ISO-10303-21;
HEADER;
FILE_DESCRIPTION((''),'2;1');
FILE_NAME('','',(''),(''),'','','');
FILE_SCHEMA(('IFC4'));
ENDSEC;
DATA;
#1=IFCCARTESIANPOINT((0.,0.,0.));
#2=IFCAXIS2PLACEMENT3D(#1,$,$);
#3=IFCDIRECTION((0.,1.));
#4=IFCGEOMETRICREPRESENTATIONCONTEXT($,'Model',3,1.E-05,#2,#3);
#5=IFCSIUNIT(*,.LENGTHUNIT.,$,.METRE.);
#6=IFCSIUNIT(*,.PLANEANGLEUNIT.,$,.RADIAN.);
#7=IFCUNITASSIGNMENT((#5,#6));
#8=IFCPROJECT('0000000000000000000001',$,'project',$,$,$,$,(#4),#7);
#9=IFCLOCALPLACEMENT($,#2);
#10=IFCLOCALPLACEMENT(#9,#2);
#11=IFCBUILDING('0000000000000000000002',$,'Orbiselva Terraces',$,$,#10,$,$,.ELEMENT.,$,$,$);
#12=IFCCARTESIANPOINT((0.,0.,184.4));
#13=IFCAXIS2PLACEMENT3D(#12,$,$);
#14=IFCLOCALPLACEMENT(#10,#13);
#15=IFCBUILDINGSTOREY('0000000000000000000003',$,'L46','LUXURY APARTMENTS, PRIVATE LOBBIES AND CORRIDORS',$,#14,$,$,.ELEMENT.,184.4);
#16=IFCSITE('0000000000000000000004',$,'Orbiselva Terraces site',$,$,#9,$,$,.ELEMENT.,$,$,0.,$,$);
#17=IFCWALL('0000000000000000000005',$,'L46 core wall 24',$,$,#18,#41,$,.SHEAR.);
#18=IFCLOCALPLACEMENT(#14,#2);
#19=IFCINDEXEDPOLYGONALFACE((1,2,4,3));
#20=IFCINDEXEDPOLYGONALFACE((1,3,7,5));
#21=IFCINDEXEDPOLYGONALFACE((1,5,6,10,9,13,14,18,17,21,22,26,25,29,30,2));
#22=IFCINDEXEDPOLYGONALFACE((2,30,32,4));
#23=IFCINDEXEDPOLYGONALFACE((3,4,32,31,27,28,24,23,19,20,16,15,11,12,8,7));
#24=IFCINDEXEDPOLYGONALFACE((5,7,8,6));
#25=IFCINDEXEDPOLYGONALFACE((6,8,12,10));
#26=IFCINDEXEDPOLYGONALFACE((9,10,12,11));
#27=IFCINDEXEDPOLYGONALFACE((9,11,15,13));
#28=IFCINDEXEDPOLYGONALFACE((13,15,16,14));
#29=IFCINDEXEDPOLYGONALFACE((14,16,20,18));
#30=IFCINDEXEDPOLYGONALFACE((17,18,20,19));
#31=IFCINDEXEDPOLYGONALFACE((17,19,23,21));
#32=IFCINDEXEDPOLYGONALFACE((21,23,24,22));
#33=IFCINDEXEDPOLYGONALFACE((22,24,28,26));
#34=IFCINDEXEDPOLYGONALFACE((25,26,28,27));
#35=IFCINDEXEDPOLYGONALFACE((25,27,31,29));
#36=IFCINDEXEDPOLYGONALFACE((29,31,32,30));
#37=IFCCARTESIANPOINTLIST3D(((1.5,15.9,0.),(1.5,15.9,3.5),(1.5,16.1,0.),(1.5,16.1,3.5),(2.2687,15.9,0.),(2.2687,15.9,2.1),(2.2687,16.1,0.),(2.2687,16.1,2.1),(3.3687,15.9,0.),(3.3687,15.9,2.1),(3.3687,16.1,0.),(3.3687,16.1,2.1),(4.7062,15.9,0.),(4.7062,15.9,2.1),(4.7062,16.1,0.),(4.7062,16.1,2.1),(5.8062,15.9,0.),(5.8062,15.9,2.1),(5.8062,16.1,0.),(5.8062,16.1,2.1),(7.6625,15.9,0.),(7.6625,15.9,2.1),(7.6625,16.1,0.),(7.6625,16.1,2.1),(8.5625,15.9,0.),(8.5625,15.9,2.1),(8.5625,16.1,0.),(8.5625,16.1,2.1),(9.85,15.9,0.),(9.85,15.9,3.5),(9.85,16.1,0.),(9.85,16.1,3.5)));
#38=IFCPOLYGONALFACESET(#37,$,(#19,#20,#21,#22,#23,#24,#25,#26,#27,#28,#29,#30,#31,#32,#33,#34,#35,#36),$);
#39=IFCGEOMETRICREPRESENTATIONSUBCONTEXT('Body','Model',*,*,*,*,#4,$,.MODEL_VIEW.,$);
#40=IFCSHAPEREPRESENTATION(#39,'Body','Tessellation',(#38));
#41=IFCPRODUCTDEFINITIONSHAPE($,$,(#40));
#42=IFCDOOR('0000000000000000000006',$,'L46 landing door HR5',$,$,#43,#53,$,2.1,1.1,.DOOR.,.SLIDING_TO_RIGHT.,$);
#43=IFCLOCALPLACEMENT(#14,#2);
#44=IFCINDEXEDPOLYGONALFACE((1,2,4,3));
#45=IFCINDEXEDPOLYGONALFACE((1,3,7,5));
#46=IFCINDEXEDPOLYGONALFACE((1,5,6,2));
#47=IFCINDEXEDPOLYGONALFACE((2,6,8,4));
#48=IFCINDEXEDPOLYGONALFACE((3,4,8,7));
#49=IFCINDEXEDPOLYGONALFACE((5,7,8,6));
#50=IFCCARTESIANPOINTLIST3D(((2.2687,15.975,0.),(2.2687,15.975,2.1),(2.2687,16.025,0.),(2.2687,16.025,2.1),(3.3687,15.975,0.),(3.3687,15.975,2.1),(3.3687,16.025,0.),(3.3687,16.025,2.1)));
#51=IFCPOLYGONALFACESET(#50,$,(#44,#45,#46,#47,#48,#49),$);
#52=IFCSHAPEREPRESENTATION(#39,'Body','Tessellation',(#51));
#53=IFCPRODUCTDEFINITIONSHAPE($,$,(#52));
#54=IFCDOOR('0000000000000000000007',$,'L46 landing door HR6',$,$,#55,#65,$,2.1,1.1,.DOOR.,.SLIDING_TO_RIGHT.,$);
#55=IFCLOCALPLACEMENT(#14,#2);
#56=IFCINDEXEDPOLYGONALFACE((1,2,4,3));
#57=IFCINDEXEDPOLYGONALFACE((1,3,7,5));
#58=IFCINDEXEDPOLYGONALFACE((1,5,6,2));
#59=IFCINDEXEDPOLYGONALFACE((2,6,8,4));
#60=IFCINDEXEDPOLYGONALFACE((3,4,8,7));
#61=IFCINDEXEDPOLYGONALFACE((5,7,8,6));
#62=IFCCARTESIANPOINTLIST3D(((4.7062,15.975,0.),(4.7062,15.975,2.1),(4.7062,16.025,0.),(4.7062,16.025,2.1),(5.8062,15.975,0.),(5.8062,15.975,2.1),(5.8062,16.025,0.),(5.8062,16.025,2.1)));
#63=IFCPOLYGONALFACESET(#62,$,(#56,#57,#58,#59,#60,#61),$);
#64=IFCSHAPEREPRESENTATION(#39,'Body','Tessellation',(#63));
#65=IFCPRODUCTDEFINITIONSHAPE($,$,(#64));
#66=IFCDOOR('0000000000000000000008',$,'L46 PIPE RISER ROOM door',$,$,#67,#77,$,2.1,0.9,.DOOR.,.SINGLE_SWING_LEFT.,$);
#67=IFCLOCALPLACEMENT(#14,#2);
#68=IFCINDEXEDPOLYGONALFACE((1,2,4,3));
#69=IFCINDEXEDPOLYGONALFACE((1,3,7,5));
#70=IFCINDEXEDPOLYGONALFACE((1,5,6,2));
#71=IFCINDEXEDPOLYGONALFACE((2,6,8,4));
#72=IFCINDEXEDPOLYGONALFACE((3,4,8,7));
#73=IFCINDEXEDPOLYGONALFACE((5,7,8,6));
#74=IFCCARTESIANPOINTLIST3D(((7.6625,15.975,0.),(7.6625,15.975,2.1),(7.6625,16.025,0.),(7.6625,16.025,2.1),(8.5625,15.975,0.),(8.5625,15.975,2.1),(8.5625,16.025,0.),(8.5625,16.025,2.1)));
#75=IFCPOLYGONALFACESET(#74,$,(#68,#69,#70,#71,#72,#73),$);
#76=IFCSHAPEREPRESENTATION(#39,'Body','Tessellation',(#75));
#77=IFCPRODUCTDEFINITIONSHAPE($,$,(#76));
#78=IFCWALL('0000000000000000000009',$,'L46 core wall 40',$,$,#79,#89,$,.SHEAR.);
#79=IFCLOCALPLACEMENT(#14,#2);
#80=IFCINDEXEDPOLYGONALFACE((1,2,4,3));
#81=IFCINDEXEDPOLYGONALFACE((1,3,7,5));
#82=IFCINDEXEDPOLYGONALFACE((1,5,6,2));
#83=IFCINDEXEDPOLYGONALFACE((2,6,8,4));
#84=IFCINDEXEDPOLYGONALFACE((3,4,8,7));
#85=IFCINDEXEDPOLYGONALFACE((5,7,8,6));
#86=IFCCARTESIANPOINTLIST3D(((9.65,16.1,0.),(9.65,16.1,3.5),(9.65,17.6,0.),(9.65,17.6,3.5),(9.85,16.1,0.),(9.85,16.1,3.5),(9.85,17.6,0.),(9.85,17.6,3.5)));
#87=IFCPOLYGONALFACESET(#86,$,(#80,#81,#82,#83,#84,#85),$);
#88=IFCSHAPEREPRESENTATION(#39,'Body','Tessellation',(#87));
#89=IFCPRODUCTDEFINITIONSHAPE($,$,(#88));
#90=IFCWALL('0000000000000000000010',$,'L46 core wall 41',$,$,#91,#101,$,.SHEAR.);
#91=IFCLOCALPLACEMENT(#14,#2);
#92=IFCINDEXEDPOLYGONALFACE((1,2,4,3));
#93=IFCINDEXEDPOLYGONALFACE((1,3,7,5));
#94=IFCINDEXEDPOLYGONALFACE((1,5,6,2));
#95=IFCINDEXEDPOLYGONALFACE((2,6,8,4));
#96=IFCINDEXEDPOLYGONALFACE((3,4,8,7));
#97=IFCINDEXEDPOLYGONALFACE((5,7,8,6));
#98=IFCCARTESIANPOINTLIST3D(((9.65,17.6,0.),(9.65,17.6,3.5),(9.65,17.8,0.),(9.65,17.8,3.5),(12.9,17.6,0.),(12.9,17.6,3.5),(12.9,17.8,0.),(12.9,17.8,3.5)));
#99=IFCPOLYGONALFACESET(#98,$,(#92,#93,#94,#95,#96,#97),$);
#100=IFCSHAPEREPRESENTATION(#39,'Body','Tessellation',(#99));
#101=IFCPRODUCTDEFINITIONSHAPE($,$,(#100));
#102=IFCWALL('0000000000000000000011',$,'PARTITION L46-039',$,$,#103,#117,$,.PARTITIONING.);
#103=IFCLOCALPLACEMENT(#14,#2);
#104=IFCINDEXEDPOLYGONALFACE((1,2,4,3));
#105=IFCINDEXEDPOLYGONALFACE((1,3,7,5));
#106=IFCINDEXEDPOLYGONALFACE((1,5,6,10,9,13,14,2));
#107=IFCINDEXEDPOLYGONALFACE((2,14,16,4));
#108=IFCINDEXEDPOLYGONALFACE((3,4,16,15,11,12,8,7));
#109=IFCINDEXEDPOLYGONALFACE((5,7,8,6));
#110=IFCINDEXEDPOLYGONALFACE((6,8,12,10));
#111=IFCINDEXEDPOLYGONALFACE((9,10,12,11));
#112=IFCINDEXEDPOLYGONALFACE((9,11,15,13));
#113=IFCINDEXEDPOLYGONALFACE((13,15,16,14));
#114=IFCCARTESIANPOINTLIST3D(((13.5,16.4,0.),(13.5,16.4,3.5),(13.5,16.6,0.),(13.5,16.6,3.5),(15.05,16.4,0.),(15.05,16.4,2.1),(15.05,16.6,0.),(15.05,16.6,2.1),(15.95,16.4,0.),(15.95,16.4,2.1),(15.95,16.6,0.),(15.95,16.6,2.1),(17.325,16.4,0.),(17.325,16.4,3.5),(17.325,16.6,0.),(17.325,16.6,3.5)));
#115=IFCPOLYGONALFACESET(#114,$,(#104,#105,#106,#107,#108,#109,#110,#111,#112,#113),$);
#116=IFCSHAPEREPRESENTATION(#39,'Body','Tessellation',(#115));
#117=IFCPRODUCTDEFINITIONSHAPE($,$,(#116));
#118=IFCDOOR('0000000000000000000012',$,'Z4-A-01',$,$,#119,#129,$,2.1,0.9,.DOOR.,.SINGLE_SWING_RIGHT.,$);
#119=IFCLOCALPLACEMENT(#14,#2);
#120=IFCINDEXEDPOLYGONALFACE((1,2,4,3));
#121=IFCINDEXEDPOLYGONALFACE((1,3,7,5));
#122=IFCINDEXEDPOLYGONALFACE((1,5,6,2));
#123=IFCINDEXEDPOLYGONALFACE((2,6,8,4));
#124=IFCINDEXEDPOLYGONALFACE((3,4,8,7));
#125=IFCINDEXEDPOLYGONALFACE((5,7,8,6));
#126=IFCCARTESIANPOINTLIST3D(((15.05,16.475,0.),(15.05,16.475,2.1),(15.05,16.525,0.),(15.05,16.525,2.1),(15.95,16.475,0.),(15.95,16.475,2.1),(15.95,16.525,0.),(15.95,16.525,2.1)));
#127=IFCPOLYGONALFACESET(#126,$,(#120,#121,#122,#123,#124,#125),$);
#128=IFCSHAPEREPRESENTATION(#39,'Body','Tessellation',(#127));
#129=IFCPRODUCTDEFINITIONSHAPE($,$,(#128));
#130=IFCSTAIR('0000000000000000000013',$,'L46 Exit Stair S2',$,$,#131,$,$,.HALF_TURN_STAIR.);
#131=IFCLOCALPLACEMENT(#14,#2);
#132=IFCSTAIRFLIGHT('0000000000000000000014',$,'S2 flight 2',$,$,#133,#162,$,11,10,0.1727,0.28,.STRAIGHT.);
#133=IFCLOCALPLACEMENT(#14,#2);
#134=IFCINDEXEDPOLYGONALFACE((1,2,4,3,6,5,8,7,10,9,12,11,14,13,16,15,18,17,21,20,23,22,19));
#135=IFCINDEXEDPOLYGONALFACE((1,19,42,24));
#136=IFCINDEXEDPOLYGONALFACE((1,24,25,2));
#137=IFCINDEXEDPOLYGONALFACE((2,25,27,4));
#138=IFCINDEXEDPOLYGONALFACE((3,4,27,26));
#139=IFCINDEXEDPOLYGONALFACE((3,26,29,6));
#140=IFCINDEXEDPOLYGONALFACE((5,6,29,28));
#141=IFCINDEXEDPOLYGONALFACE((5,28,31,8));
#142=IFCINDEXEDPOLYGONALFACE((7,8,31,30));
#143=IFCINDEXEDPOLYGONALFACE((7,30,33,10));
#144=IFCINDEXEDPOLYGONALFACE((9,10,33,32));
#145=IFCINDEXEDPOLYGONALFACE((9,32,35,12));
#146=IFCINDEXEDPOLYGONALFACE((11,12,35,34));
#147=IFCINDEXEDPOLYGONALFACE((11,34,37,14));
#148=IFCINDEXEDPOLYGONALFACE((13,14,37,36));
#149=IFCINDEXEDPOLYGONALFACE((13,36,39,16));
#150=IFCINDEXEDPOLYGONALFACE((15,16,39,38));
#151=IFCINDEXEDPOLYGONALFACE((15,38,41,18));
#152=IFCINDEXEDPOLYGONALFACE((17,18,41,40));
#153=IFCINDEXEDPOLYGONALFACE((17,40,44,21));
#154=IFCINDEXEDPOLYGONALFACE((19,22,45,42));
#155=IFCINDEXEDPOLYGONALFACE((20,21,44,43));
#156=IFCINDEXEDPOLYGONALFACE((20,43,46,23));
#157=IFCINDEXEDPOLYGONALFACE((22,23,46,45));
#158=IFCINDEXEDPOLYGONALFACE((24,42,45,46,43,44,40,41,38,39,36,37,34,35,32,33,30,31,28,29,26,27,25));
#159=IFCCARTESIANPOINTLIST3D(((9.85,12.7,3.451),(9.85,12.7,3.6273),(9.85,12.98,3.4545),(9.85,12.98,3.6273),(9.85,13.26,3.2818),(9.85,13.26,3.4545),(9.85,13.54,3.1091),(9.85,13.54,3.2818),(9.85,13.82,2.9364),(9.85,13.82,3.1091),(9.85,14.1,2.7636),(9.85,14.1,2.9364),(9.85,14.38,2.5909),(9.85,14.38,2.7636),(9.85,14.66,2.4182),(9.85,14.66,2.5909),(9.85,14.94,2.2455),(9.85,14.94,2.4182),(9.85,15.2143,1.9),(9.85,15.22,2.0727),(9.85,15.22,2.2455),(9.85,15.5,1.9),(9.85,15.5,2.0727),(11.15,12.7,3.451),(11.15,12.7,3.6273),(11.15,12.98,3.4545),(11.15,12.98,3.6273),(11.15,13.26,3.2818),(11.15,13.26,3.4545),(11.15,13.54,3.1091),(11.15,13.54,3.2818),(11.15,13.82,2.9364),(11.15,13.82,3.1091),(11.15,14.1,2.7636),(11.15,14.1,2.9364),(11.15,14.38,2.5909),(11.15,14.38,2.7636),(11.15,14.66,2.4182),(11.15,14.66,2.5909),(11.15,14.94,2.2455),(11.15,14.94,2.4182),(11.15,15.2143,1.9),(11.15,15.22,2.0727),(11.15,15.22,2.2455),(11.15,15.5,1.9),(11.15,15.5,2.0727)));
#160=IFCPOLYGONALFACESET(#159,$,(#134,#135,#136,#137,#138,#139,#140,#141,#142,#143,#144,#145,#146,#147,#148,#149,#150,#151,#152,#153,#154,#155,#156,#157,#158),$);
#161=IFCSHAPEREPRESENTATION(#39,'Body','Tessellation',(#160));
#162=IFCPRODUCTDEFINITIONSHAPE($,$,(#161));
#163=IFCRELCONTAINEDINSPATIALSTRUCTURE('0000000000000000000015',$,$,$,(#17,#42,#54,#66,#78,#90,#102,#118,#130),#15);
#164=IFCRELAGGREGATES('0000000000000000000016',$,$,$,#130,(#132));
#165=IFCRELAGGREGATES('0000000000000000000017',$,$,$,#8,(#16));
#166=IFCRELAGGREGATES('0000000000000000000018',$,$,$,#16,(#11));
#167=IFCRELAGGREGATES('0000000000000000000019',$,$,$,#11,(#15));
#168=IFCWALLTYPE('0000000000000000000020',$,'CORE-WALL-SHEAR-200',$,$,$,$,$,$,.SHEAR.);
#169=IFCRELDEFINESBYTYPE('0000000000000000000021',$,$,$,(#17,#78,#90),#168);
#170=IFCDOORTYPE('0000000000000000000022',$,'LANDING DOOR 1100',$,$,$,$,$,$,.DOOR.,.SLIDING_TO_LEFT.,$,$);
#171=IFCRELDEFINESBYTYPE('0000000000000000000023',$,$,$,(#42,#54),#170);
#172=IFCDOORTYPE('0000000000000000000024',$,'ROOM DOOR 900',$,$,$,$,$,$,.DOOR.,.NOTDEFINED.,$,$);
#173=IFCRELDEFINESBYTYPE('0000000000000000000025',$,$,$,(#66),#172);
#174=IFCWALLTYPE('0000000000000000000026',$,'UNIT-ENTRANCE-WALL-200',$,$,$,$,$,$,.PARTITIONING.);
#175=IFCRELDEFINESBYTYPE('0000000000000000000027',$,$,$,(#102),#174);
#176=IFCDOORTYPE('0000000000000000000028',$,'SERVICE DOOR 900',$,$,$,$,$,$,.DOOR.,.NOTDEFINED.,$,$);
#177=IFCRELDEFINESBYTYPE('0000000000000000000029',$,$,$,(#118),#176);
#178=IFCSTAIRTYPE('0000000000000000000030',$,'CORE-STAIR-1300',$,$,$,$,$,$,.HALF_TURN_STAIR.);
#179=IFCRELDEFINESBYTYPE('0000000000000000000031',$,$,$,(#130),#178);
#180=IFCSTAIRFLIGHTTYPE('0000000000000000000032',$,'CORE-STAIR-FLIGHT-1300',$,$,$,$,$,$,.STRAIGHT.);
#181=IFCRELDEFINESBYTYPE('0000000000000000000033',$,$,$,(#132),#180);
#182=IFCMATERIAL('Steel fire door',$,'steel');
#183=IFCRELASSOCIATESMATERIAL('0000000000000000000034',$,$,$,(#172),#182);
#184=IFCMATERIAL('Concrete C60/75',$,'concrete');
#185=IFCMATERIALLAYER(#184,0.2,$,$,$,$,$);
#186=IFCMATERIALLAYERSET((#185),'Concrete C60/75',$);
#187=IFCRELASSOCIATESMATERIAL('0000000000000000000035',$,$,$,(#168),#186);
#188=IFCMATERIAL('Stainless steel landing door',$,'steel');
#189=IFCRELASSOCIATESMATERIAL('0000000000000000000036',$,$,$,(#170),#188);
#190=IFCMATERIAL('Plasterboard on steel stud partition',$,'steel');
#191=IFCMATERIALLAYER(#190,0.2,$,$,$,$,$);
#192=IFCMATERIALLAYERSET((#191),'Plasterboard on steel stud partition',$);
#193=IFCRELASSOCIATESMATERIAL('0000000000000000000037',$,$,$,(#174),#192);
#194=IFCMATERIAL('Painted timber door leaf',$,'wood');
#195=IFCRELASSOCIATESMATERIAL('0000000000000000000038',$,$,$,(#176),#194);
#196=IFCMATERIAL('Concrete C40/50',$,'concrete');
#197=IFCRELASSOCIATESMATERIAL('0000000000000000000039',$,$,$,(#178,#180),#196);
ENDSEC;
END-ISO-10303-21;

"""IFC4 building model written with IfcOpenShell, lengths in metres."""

from ifc_helpers import new_model, si_unit, direction, frame, frame_2d, origin, place, context, subcontext, project, spatial, polyline, rectangle, outline, extrude, material, layer, layer_set, type_object, element, fill, aggregate, save


model = new_model("IFC4")

# Units and contexts
model_context = context("Model", 3, precision=1e-05, world=origin(), true_north=direction((0.0, 1.0)))
body_context = subcontext(model_context, "Body", "Model", "MODEL_VIEW")
ifc_project = project(units=[si_unit("LENGTHUNIT", "METRE"), si_unit("PLANEANGLEUNIT", "RADIAN")], contexts=[model_context])

# Site, building, storey
site_placement = place(None, origin())
site = spatial("IfcSite", under=ifc_project, at=site_placement, Name="Orbiselva Terraces site", CompositionType="ELEMENT", RefElevation=0.0)
building_placement = place(site_placement, origin())
building = spatial("IfcBuilding", under=site, at=building_placement, Name="Orbiselva Terraces", CompositionType="ELEMENT")
storey_placement = place(building_placement, frame((0.0, 0.0, 184.4)))
storey = spatial("IfcBuildingStorey", under=building, at=storey_placement, Name="L46", Description="LUXURY APARTMENTS, PRIVATE LOBBIES AND CORRIDORS", CompositionType="ELEMENT", Elevation=184.4)

# Shared definitions
ifc_material_1 = material(Name="Steel fire door", Category="steel")
door_type_1 = type_object("IfcDoorType", Name="ROOM DOOR 900", OperationType="NOTDEFINED", PredefinedType="DOOR", material=ifc_material_1)

# Shared definitions
ifc_material_2 = material(Name="Concrete C40/50", Category="concrete")
ifc_material_3 = material(Name="Concrete C60/75", Category="concrete")
ifc_layer_1 = layer(ifc_material_3, 0.2)
ifc_layer_set_1 = layer_set([ifc_layer_1], Name="Concrete C60/75")
wall_type_1 = type_object("IfcWallType", Name="CORE-WALL-SHEAR-200", PredefinedType="SHEAR", material=ifc_layer_set_1)

# Wall, openings, doors
wall_1_placement = place(storey_placement, frame((9.85, 16.0, 0.0), z_axis=(0.0, 0.0, 1.0), x_axis=(-1.0, 0.0, 0.0)))
wall_1 = element("IfcWall", 1, at=wall_1_placement, inside=storey, type_object=wall_type_1, Name="L46 core wall 24", PredefinedType="SHEAR", context=body_context, shape_type="SweptSolid", body=[
    extrude(rectangle(XDim=8.35, YDim=0.2, at=frame_2d((4.175, 0.0))), origin(), (0.0, 0.0, 1.0), 3.5),
])
opening_1_placement = place(wall_1_placement, frame((6.4813, 0.0, 0.0)))
opening_1 = element("IfcOpeningElement", 2, at=opening_1_placement, cuts=wall_1, PredefinedType="OPENING", context=body_context, shape_type="SweptSolid", body=[
    extrude(rectangle(XDim=1.1, YDim=2.1, at=frame_2d((0.55, 1.05))), frame((0.0, 0.11, 0.0), z_axis=(0.0, -1.0, 0.0), x_axis=(1.0, 0.0, 0.0)), (0.0, 0.0, 1.0), 0.22),
])
opening_2_placement = place(wall_1_placement, frame((4.0438, 0.0, 0.0)))
opening_2 = element("IfcOpeningElement", 3, at=opening_2_placement, cuts=wall_1, PredefinedType="OPENING", context=body_context, shape_type="SweptSolid", body=[
    extrude(rectangle(XDim=1.1, YDim=2.1, at=frame_2d((0.55, 1.05))), frame((0.0, 0.11, 0.0), z_axis=(0.0, -1.0, 0.0), x_axis=(1.0, 0.0, 0.0)), (0.0, 0.0, 1.0), 0.22),
])
opening_3_placement = place(wall_1_placement, frame((1.2875, 0.0, 0.0)))
opening_3 = element("IfcOpeningElement", 4, at=opening_3_placement, cuts=wall_1, PredefinedType="OPENING", context=body_context, shape_type="SweptSolid", body=[
    extrude(rectangle(XDim=0.9, YDim=2.1, at=frame_2d((0.45, 1.05))), frame((0.0, 0.11, 0.0), z_axis=(0.0, -1.0, 0.0), x_axis=(1.0, 0.0, 0.0)), (0.0, 0.0, 1.0), 0.22),
])
ifc_material_4 = material(Name="Stainless steel landing door", Category="steel")
door_type_2 = type_object("IfcDoorType", Name="LANDING DOOR 1100", OperationType="SLIDING_TO_LEFT", PredefinedType="DOOR", material=ifc_material_4)
door_1_placement = place(opening_1_placement, origin())
door_1 = element("IfcDoor", 5, at=door_1_placement, inside=storey, type_object=door_type_2, Name="L46 landing door HR5", OperationType="SLIDING_TO_RIGHT", OverallHeight=2.1, OverallWidth=1.1, PredefinedType="DOOR", context=body_context, shape_type="SweptSolid", body=[
    extrude(rectangle(XDim=1.1, YDim=2.1, at=frame_2d((0.55, 1.05))), frame((0.0, 0.025, 0.0), z_axis=(0.0, -1.0, 0.0), x_axis=(1.0, 0.0, 0.0)), (0.0, 0.0, 1.0), 0.05),
])
fill(opening_1, door_1)
door_2_placement = place(opening_2_placement, origin())
door_2 = element("IfcDoor", 6, at=door_2_placement, inside=storey, type_object=door_type_2, Name="L46 landing door HR6", OperationType="SLIDING_TO_RIGHT", OverallHeight=2.1, OverallWidth=1.1, PredefinedType="DOOR", context=body_context, shape_type="SweptSolid", body=[
    extrude(rectangle(XDim=1.1, YDim=2.1, at=frame_2d((0.55, 1.05))), frame((0.0, 0.025, 0.0), z_axis=(0.0, -1.0, 0.0), x_axis=(1.0, 0.0, 0.0)), (0.0, 0.0, 1.0), 0.05),
])
fill(opening_2, door_2)
door_3_placement = place(opening_3_placement, origin())
door_3 = element("IfcDoor", 7, at=door_3_placement, inside=storey, type_object=door_type_1, Name="L46 PIPE RISER ROOM door", OperationType="SINGLE_SWING_LEFT", OverallHeight=2.1, OverallWidth=0.9, PredefinedType="DOOR", context=body_context, shape_type="SweptSolid", body=[
    extrude(rectangle(XDim=0.9, YDim=2.1, at=frame_2d((0.45, 1.05))), frame((0.0, 0.025, 0.0), z_axis=(0.0, -1.0, 0.0), x_axis=(1.0, 0.0, 0.0)), (0.0, 0.0, 1.0), 0.05),
])
fill(opening_3, door_3)

# Walls
wall_2_placement = place(storey_placement, frame((9.75, 16.1, 0.0), z_axis=(0.0, 0.0, 1.0), x_axis=(0.0, 1.0, 0.0)))
element("IfcWall", 8, at=wall_2_placement, inside=storey, type_object=wall_type_1, Name="L46 core wall 40", PredefinedType="SHEAR", context=body_context, shape_type="SweptSolid", body=[
    extrude(rectangle(XDim=1.5, YDim=0.2, at=frame_2d((0.75, 0.0))), origin(), (0.0, 0.0, 1.0), 3.5),
])
wall_3_placement = place(storey_placement, frame((9.65, 17.7, 0.0), z_axis=(0.0, 0.0, 1.0), x_axis=(1.0, 0.0, 0.0)))
element("IfcWall", 9, at=wall_3_placement, inside=storey, type_object=wall_type_1, Name="L46 core wall 41", PredefinedType="SHEAR", context=body_context, shape_type="SweptSolid", body=[
    extrude(rectangle(XDim=3.25, YDim=0.2, at=frame_2d((1.625, 0.0))), origin(), (0.0, 0.0, 1.0), 3.5),
])

# Wall, opening, door
ifc_material_5 = material(Name="Plasterboard on steel stud partition", Category="steel")
ifc_layer_2 = layer(ifc_material_5, 0.2)
ifc_layer_set_2 = layer_set([ifc_layer_2], Name="Plasterboard on steel stud partition")
wall_type_2 = type_object("IfcWallType", Name="UNIT-ENTRANCE-WALL-200", PredefinedType="PARTITIONING", material=ifc_layer_set_2)
wall_4_placement = place(storey_placement, frame((13.5, 16.5, 0.0), z_axis=(0.0, 0.0, 1.0), x_axis=(1.0, 0.0, 0.0)))
wall_4 = element("IfcWall", 10, at=wall_4_placement, inside=storey, type_object=wall_type_2, Name="PARTITION L46-039", PredefinedType="PARTITIONING", context=body_context, shape_type="SweptSolid", body=[
    extrude(rectangle(XDim=3.825, YDim=0.2, at=frame_2d((1.9125, 0.0))), origin(), (0.0, 0.0, 1.0), 3.5),
])
opening_4_placement = place(wall_4_placement, frame((1.55, 0.0, 0.0)))
opening_4 = element("IfcOpeningElement", 11, at=opening_4_placement, cuts=wall_4, PredefinedType="OPENING", context=body_context, shape_type="SweptSolid", body=[
    extrude(rectangle(XDim=0.9, YDim=2.1, at=frame_2d((0.45, 1.05))), frame((0.0, 0.11, 0.0), z_axis=(0.0, -1.0, 0.0), x_axis=(1.0, 0.0, 0.0)), (0.0, 0.0, 1.0), 0.22),
])
ifc_material_6 = material(Name="Painted timber door leaf", Category="wood")
door_type_3 = type_object("IfcDoorType", Name="SERVICE DOOR 900", OperationType="NOTDEFINED", PredefinedType="DOOR", material=ifc_material_6)
door_4_placement = place(opening_4_placement, origin())
door_4 = element("IfcDoor", 12, at=door_4_placement, inside=storey, type_object=door_type_3, Name="Z4-A-01", OperationType="SINGLE_SWING_RIGHT", OverallHeight=2.1, OverallWidth=0.9, PredefinedType="DOOR", context=body_context, shape_type="SweptSolid", body=[
    extrude(rectangle(XDim=0.9, YDim=2.1, at=frame_2d((0.45, 1.05))), frame((0.0, 0.025, 0.0), z_axis=(0.0, -1.0, 0.0), x_axis=(1.0, 0.0, 0.0)), (0.0, 0.0, 1.0), 0.05),
])
fill(opening_4, door_4)

# Stair, stair flight
stair_type = type_object("IfcStairType", Name="CORE-STAIR-1300", PredefinedType="HALF_TURN_STAIR", material=ifc_material_2)
stair_placement = place(storey_placement, origin())
stair = element("IfcStair", 13, at=stair_placement, inside=storey, type_object=stair_type, Name="L46 Exit Stair S2", PredefinedType="HALF_TURN_STAIR")
stair_flight_type = type_object("IfcStairFlightType", Name="CORE-STAIR-FLIGHT-1300", PredefinedType="STRAIGHT", material=ifc_material_2)
stair_flight_placement = place(storey_placement, frame((10.5, 15.5, 1.9), z_axis=(0.0, 0.0, 1.0), x_axis=(0.0, -1.0, 0.0)))
stair_flight = element("IfcStairFlight", 14, at=stair_flight_placement, type_object=stair_flight_type, Name="S2 flight 2", NumberOfRisers=11, NumberOfTreads=10, PredefinedType="STRAIGHT", RiserHeight=0.1727, TreadLength=0.28, context=body_context, shape_type="SweptSolid", body=[
    extrude(outline(polyline([(0.0, 0.0), (0.0, 0.1727), (0.28, 0.1727), (0.28, 0.3455), (0.56, 0.3455), (0.56, 0.5182), (0.84, 0.5182), (0.84, 0.6909), (1.12, 0.6909), (1.12, 0.8636), (1.4, 0.8636), (1.4, 1.0364), (1.68, 1.0364), (1.68, 1.2091), (1.96, 1.2091), (1.96, 1.3818), (2.24, 1.3818), (2.24, 1.5545), (2.52, 1.5545), (2.52, 1.7273), (2.8, 1.7273), (2.8, 1.9), (2.8, 1.551), (0.2857, 0.0), (0.0, 0.0)])), frame((0.0, 0.65, 0.0), z_axis=(0.0, -1.0, 0.0), x_axis=(1.0, 0.0, 0.0)), (0.0, 0.0, 1.0), 1.3),
])
aggregate(stair, [stair_flight])

save(model, "model.ifc")
